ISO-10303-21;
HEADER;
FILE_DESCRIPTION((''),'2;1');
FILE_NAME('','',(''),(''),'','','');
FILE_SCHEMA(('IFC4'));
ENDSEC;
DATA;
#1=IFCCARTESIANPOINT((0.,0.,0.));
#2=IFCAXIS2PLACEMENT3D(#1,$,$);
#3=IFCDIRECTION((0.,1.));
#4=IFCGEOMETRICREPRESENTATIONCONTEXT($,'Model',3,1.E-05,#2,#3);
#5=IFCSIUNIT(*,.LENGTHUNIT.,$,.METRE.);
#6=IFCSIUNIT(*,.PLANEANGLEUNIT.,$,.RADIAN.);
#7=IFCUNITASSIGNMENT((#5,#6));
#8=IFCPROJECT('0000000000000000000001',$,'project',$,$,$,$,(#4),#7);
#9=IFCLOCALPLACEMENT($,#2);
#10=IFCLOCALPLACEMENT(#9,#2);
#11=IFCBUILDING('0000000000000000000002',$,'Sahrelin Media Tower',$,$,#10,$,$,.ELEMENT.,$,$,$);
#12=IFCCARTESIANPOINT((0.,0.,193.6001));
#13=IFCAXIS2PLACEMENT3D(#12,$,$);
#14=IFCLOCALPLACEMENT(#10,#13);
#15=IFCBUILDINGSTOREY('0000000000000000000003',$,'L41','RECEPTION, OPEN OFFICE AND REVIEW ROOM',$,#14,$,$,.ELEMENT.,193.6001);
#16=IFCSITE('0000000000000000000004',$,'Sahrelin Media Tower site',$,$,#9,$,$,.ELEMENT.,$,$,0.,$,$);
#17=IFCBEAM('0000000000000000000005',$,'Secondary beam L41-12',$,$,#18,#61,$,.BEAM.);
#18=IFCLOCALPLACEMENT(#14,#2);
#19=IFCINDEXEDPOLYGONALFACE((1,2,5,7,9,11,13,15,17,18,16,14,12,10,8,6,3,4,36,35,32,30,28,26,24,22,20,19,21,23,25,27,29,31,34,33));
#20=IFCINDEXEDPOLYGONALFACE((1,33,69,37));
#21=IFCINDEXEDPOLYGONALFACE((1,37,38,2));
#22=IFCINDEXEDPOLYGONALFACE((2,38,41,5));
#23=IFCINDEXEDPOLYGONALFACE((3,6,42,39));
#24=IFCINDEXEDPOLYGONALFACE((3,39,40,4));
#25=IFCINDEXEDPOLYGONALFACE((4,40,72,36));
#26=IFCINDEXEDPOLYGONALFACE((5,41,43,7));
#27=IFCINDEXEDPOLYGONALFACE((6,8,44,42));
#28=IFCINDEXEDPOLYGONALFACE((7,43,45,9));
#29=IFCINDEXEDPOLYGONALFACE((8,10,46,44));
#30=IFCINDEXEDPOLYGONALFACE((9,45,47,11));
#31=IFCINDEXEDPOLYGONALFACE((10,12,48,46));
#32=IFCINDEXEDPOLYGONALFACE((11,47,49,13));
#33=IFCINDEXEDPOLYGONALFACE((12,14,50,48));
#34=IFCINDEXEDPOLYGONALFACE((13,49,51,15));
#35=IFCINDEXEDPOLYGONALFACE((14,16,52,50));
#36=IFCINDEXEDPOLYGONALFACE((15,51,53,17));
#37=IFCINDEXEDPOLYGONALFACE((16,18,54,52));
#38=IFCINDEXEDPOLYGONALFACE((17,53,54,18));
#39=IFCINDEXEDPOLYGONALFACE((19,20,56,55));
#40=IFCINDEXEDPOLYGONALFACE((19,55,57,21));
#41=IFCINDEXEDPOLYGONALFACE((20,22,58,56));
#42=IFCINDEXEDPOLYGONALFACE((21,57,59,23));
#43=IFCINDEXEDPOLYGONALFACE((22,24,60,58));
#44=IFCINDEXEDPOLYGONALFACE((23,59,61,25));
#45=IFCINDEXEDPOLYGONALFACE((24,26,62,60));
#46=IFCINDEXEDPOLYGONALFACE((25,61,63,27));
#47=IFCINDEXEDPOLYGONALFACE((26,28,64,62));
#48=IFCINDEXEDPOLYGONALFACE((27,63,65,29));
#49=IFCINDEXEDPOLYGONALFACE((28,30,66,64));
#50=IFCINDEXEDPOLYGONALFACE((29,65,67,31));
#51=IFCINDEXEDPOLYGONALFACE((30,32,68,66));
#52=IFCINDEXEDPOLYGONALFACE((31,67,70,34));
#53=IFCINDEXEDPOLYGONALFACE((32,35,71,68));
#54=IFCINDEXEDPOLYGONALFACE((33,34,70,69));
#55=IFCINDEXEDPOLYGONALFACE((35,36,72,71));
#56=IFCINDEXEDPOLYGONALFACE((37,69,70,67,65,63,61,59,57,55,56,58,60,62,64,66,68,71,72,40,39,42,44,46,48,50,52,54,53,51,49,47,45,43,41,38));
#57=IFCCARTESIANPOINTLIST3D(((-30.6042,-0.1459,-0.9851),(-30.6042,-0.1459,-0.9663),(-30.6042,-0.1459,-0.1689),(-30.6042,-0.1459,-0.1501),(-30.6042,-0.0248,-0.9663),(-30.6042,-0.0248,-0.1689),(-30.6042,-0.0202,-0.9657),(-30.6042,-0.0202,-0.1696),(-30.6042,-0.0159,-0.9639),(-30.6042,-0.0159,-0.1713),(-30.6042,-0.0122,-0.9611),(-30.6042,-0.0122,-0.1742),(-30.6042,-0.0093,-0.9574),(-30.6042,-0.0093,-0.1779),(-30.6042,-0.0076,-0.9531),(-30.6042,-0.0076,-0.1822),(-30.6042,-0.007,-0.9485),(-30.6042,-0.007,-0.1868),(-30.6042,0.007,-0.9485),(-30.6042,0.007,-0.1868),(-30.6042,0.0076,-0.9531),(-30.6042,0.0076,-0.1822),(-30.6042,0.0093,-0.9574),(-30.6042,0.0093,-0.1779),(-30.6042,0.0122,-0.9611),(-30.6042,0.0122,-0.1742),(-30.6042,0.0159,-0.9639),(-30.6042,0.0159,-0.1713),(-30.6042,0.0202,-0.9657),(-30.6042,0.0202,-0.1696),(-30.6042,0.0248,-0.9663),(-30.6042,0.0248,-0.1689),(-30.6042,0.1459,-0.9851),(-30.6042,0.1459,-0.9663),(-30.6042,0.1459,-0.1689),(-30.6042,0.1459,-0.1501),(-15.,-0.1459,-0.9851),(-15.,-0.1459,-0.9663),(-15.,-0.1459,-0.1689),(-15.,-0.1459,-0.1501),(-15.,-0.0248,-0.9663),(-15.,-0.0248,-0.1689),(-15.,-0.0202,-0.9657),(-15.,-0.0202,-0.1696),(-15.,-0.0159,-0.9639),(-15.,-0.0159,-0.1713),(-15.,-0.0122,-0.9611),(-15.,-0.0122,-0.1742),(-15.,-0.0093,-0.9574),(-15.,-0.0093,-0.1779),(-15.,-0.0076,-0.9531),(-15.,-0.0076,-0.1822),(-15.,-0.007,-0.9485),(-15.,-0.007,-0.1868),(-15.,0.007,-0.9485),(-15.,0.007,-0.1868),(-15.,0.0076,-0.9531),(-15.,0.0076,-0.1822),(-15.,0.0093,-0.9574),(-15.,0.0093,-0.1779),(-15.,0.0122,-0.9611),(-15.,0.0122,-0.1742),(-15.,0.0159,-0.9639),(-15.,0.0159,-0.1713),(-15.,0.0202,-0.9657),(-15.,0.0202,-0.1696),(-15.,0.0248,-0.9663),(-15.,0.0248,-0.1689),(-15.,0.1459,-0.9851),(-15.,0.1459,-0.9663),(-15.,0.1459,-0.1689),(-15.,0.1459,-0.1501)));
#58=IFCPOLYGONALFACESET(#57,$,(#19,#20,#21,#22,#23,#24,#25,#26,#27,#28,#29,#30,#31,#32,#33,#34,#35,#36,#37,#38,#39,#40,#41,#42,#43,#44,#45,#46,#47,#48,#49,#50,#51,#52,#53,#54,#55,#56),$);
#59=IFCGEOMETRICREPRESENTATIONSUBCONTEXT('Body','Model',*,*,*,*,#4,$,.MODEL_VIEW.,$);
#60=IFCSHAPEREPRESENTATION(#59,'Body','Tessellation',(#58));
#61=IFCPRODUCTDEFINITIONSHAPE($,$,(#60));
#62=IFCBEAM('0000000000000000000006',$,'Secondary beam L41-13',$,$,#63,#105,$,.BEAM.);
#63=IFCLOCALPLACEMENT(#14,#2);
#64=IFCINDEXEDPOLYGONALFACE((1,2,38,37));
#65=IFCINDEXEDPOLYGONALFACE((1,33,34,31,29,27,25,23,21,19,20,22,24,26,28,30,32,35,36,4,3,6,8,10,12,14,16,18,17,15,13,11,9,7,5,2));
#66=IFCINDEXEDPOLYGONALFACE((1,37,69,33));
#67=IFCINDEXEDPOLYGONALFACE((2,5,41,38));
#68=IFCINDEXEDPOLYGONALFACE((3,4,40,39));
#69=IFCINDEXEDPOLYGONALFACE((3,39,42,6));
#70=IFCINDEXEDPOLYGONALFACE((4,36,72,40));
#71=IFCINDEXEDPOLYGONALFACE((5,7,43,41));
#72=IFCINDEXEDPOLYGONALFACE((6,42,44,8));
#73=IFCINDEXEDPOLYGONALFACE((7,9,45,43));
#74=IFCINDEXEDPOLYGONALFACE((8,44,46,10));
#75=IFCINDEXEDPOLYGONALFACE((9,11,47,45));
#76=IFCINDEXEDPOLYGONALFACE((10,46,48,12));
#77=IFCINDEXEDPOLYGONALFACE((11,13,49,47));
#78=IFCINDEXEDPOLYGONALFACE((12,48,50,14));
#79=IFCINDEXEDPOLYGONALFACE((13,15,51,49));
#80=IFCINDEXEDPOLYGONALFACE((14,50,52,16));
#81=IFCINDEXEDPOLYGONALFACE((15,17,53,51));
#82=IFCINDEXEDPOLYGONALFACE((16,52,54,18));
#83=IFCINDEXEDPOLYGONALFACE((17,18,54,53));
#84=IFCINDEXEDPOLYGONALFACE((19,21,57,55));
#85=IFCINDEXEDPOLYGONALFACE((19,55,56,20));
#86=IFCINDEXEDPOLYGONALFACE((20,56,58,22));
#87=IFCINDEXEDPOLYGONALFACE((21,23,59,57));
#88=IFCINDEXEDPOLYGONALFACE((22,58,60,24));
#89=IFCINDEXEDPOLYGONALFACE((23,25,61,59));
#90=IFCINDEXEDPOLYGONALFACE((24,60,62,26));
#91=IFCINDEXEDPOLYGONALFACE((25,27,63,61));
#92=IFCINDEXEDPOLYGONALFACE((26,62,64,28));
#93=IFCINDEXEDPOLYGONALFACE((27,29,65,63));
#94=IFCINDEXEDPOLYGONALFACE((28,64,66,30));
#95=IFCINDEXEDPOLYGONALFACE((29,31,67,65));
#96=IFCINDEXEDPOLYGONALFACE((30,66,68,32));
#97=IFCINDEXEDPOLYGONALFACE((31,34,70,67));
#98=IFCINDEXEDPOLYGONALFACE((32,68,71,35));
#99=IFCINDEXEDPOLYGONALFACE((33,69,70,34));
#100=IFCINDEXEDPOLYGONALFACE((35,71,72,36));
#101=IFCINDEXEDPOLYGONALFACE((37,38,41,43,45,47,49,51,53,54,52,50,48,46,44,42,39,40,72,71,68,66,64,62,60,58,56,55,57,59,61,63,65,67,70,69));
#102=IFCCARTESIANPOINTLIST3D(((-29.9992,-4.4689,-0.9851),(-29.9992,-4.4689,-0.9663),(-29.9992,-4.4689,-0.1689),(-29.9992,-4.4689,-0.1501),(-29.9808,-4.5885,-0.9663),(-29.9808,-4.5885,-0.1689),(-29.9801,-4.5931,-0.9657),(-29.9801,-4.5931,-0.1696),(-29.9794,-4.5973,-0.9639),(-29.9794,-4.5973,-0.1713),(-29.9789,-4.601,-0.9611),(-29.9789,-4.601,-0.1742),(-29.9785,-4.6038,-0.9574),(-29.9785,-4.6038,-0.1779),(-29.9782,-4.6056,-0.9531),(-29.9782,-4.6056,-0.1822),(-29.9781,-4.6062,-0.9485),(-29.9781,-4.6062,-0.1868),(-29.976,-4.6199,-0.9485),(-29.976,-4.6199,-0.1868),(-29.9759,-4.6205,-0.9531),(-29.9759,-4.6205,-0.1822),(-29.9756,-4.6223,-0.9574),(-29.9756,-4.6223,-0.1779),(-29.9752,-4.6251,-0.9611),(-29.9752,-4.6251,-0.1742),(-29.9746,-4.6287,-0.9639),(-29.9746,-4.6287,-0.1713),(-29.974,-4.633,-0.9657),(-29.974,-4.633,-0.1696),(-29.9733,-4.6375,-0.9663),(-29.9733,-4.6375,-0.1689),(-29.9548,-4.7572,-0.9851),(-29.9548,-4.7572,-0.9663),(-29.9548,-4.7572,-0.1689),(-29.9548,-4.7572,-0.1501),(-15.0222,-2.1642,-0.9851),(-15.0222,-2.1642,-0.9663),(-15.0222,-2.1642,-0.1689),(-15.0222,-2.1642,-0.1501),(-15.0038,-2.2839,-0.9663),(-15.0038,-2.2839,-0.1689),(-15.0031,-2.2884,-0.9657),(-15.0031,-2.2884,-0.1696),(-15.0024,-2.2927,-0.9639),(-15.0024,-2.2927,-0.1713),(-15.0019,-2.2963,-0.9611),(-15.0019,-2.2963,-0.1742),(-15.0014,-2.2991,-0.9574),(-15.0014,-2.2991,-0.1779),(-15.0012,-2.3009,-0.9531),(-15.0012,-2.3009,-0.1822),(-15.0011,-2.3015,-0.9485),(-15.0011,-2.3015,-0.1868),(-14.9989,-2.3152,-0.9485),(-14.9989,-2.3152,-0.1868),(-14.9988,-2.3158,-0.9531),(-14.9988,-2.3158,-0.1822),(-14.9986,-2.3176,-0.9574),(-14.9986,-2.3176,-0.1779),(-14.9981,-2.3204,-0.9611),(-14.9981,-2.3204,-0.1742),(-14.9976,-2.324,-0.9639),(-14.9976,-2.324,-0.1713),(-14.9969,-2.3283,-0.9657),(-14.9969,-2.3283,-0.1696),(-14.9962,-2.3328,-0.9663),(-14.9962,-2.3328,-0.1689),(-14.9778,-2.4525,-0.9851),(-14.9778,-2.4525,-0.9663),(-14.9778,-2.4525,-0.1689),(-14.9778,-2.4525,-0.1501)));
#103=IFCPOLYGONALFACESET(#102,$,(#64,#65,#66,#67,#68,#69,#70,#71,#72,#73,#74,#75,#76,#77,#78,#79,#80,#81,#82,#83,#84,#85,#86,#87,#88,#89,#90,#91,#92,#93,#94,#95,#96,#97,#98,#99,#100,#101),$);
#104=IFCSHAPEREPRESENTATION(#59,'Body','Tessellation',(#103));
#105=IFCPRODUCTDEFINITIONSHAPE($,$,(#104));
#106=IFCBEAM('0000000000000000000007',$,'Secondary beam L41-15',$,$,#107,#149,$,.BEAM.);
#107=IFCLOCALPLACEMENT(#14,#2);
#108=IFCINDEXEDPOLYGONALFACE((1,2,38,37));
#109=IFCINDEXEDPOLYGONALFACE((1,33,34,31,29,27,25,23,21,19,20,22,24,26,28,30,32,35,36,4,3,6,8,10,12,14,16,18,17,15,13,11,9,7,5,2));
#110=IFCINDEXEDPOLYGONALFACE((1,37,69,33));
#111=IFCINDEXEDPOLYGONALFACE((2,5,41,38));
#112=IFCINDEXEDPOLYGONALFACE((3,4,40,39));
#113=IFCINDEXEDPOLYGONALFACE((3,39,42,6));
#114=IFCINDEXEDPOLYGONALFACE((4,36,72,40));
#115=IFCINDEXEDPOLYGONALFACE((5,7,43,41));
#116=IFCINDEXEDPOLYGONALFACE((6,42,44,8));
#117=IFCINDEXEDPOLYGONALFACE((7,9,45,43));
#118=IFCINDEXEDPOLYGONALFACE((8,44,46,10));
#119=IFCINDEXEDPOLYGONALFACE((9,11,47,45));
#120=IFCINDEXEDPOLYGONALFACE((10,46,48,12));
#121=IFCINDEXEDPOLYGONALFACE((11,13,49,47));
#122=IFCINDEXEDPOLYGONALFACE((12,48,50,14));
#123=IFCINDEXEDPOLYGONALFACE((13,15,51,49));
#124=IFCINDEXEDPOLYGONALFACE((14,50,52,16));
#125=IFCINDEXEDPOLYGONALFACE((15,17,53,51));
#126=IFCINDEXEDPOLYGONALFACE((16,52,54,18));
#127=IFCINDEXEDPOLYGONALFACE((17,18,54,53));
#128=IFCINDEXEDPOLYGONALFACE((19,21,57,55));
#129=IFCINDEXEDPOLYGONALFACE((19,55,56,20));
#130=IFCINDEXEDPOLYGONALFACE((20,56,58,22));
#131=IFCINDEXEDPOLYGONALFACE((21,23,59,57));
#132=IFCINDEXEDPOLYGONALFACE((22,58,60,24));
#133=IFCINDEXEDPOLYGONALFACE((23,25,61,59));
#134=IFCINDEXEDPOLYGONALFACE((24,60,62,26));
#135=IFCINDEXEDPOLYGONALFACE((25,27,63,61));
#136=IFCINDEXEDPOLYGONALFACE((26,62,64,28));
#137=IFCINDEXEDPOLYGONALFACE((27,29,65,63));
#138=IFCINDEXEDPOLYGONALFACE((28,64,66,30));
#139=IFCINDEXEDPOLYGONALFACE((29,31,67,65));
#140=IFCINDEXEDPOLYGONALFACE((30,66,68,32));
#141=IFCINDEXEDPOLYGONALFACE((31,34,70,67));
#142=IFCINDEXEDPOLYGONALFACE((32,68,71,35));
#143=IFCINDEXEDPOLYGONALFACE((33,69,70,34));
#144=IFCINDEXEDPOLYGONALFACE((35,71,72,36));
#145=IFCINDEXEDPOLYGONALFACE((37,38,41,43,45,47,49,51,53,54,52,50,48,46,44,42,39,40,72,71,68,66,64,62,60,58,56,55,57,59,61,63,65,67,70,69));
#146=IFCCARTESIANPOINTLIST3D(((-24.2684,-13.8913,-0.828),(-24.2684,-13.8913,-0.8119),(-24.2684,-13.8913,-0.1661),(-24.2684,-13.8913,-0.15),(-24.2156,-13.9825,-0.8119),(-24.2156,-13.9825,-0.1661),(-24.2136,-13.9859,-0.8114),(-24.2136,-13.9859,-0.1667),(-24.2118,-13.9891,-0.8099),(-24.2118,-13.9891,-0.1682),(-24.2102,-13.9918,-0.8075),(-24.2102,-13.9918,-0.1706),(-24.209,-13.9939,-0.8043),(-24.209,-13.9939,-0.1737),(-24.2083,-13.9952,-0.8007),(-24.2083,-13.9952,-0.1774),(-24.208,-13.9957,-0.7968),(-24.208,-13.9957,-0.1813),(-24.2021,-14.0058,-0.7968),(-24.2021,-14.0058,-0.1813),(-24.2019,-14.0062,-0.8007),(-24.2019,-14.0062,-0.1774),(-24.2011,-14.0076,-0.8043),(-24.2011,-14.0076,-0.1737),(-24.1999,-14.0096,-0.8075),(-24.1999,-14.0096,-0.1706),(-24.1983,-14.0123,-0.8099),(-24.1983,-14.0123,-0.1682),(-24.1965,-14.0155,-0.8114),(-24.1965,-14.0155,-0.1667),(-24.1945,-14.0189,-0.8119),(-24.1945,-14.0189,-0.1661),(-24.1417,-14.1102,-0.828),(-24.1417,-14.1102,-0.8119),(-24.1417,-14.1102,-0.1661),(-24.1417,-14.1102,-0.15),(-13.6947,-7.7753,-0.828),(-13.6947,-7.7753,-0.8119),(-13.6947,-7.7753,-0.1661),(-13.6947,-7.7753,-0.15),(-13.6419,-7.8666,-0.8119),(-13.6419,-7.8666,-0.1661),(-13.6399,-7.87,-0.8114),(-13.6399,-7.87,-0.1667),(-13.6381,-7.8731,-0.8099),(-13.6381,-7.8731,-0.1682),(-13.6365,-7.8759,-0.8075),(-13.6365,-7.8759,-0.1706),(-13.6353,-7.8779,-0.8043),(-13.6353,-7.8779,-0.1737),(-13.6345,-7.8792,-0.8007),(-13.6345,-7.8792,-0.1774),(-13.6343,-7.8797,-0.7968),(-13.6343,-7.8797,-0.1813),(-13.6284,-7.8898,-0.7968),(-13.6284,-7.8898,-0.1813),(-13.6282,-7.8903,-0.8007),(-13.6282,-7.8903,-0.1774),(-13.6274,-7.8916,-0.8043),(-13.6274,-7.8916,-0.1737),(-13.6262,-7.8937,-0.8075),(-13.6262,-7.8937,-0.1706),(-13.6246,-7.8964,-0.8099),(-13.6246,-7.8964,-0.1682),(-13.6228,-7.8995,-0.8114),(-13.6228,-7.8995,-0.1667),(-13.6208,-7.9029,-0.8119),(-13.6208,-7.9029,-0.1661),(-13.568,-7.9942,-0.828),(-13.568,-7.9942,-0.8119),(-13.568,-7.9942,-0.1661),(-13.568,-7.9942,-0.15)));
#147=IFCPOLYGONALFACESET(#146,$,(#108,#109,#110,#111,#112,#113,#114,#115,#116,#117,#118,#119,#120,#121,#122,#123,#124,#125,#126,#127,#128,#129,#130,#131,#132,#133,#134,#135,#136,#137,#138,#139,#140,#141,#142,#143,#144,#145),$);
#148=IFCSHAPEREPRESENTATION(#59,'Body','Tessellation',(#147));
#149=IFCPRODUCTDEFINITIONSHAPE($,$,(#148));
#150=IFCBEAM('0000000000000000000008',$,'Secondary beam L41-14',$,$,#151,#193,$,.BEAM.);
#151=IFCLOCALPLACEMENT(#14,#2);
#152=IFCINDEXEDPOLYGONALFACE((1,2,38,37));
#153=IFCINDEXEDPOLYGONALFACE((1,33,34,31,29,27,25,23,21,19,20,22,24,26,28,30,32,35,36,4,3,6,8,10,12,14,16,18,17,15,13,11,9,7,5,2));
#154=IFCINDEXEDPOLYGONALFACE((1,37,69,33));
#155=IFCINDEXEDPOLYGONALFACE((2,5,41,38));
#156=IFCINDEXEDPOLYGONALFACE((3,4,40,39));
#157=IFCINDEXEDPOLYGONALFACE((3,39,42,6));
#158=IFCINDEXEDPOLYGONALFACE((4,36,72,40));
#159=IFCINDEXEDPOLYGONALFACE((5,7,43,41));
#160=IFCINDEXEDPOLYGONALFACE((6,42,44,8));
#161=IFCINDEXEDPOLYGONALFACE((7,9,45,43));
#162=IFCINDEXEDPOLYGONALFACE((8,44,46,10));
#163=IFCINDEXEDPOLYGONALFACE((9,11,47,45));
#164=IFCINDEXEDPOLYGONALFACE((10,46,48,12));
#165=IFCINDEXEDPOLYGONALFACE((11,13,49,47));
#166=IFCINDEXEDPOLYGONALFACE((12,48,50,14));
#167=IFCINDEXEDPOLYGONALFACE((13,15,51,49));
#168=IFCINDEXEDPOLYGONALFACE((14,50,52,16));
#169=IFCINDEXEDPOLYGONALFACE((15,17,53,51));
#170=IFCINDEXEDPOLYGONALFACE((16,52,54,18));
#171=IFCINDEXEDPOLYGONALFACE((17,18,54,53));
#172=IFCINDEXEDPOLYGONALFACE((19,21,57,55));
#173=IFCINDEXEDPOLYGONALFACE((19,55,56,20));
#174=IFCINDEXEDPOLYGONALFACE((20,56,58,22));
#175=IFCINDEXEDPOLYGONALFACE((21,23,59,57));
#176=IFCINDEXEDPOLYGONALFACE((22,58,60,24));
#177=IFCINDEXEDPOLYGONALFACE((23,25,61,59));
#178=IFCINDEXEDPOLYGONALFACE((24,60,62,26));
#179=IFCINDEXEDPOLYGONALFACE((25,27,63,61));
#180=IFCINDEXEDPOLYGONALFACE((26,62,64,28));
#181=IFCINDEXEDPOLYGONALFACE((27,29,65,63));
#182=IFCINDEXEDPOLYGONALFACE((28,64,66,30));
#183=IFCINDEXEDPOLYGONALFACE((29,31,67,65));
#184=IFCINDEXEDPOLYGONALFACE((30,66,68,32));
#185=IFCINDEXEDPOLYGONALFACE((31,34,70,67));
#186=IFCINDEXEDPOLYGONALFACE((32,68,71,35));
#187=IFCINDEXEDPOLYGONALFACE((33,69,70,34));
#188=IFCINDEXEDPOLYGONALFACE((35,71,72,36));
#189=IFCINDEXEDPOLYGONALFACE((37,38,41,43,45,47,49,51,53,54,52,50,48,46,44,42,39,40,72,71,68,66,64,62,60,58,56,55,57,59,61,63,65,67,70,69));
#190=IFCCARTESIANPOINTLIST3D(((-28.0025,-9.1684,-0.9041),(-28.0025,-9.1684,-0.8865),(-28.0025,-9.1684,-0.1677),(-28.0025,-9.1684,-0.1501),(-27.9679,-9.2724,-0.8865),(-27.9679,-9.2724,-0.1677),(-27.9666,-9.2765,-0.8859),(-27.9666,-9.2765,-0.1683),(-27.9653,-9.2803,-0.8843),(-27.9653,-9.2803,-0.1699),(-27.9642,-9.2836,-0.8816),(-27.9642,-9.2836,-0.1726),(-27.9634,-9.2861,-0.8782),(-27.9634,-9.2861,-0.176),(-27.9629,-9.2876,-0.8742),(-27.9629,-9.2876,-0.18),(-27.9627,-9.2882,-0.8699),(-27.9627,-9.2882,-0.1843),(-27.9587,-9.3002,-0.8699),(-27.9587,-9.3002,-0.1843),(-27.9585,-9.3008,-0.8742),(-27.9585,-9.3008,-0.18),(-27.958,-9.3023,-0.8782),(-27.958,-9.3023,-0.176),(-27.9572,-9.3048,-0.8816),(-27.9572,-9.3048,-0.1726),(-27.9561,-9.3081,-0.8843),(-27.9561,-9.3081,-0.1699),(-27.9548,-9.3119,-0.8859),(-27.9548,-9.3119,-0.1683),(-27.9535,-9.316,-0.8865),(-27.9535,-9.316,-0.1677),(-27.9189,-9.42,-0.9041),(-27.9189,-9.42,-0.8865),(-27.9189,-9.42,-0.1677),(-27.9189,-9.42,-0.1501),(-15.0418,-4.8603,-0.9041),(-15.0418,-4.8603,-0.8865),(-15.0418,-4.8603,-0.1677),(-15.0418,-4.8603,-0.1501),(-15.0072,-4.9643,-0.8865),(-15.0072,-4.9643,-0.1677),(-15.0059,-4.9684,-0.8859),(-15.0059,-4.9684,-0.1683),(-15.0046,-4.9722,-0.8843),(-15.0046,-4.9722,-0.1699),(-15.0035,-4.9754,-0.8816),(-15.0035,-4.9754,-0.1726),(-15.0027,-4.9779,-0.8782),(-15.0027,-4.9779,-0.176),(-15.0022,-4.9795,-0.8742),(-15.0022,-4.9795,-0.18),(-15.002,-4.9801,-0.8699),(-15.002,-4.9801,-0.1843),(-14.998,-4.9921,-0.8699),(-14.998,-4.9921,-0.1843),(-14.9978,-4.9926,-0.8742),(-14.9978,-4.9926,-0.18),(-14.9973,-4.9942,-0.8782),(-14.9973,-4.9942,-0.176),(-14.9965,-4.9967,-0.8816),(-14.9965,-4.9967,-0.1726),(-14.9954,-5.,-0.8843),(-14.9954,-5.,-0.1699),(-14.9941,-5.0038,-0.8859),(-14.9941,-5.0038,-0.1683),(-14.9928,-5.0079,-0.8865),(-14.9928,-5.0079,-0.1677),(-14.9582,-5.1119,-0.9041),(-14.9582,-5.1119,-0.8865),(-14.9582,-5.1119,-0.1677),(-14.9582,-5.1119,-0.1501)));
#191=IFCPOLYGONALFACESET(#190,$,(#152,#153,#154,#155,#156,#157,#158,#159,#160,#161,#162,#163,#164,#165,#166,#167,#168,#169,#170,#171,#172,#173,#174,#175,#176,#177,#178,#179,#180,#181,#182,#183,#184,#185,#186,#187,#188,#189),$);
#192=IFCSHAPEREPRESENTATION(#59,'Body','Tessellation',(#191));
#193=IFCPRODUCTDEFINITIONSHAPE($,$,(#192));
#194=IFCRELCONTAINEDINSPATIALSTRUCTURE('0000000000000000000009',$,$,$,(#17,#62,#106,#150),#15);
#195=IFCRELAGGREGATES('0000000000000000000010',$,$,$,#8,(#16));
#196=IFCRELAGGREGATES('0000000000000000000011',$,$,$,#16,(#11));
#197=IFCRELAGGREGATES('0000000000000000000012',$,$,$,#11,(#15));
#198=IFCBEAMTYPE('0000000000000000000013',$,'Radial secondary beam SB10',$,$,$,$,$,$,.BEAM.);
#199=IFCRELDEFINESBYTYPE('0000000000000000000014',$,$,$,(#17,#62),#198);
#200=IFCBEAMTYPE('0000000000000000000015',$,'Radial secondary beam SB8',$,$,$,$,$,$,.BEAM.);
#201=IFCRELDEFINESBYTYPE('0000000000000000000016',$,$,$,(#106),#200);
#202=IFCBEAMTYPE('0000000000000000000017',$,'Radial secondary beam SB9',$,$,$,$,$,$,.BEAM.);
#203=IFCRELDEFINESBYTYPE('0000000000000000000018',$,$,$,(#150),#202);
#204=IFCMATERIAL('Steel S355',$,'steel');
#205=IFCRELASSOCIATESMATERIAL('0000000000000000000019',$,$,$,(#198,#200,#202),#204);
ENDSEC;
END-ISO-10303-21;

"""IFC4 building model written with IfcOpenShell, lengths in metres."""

from ifc_helpers import new_model, si_unit, direction, frame, origin, origin_2d, place, context, subcontext, project, spatial, i_section, extrude, material, material_profile, profile_set, type_object, element, save


model = new_model("IFC4")

# Units and contexts
model_context = context("Model", 3, precision=1e-05, world=origin(), true_north=direction((0.0, 1.0)))
body_context = subcontext(model_context, "Body", "Model", "MODEL_VIEW")
ifc_project = project(units=[si_unit("LENGTHUNIT", "METRE"), si_unit("PLANEANGLEUNIT", "RADIAN")], contexts=[model_context])

# Site, building, storey
site_placement = place(None, origin())
site = spatial("IfcSite", under=ifc_project, at=site_placement, Name="Sahrelin Media Tower site", CompositionType="ELEMENT", RefElevation=0.0)
building_placement = place(site_placement, origin())
building = spatial("IfcBuilding", under=site, at=building_placement, Name="Sahrelin Media Tower", CompositionType="ELEMENT")
storey_placement = place(building_placement, frame((0.0, 0.0, 193.6001)))
storey = spatial("IfcBuildingStorey", under=building, at=storey_placement, Name="L41", Description="RECEPTION, OPEN OFFICE AND REVIEW ROOM", CompositionType="ELEMENT", Elevation=193.6001)

# Beams
ifc_material_1 = material(Name="Steel S355", Category="steel")
ifc_material_profile_1 = material_profile(ifc_material_1, i_section(OverallWidth=0.2917, OverallDepth=0.835, WebThickness=0.0139, FlangeThickness=0.0188, FilletRadius=0.0178, at=origin_2d()), Name="UB 838x292x176")
ifc_profile_set_1 = profile_set([ifc_material_profile_1], Name="Steel S355")
beam_type_1 = type_object("IfcBeamType", Name="Radial secondary beam SB10", PredefinedType="BEAM", material=ifc_profile_set_1)
beam_1_placement = place(storey_placement, frame((-15.0, 0.0, -0.5676), z_axis=(-1.0, 0.0, 0.0), x_axis=(0.0, -1.0, 0.0)))
element("IfcBeam", 1, at=beam_1_placement, inside=storey, type_object=beam_type_1, Name="Secondary beam L41-12", PredefinedType="BEAM", context=body_context, shape_type="SweptSolid", body=[
    extrude(i_section(OverallWidth=0.2917, OverallDepth=0.835, WebThickness=0.0139, FlangeThickness=0.0188, FilletRadius=0.0178, at=origin_2d()), origin(), (0.0, 0.0, 1.0), 15.6042),
])
beam_2_placement = place(storey_placement, frame((-15.0, -2.3083, -0.5676), z_axis=(-0.988366, -0.152091, 0.0), x_axis=(0.152091, -0.988366, 0.0)))
element("IfcBeam", 2, at=beam_2_placement, inside=storey, type_object=beam_type_1, Name="Secondary beam L41-13", PredefinedType="BEAM", context=body_context, shape_type="SweptSolid", body=[
    extrude(i_section(OverallWidth=0.2917, OverallDepth=0.835, WebThickness=0.0139, FlangeThickness=0.0188, FilletRadius=0.0178, at=origin_2d()), origin(), (0.0, 0.0, 1.0), 15.1533),
])
ifc_material_profile_2 = material_profile(ifc_material_1, i_section(OverallWidth=0.2529, OverallDepth=0.678, WebThickness=0.0117, FlangeThickness=0.0161, FilletRadius=0.0151, at=origin_2d()), Name="UB 686x254x125")
ifc_profile_set_2 = profile_set([ifc_material_profile_2], Name="Steel S355")
beam_type_2 = type_object("IfcBeamType", Name="Radial secondary beam SB8", PredefinedType="BEAM", material=ifc_profile_set_2)
beam_3_placement = place(storey_placement, frame((-13.6313, -7.8848, -0.489), z_axis=(-0.865627, -0.500689, 0.0), x_axis=(0.500689, -0.865627, 0.0)))
element("IfcBeam", 3, at=beam_3_placement, inside=storey, type_object=beam_type_2, Name="Secondary beam L41-15", PredefinedType="BEAM", context=body_context, shape_type="SweptSolid", body=[
    extrude(i_section(OverallWidth=0.2529, OverallDepth=0.678, WebThickness=0.0117, FlangeThickness=0.0161, FilletRadius=0.0151, at=origin_2d()), origin(), (0.0, 0.0, 1.0), 12.2151),
])
ifc_material_profile_3 = material_profile(ifc_material_1, i_section(OverallWidth=0.2651, OverallDepth=0.7539, WebThickness=0.0127, FlangeThickness=0.0176, FilletRadius=0.0166, at=origin_2d()), Name="UB 762x267x147")
ifc_profile_set_3 = profile_set([ifc_material_profile_3], Name="Steel S355")
beam_type_3 = type_object("IfcBeamType", Name="Radial secondary beam SB9", PredefinedType="BEAM", material=ifc_profile_set_3)
beam_4_placement = place(storey_placement, frame((-15.0, -4.9861, -0.5271), z_axis=(-0.948949, -0.315429, 0.0), x_axis=(0.315429, -0.948949, 0.0)))
element("IfcBeam", 4, at=beam_4_placement, inside=storey, type_object=beam_type_3, Name="Secondary beam L41-14", PredefinedType="BEAM", context=body_context, shape_type="SweptSolid", body=[
    extrude(i_section(OverallWidth=0.2651, OverallDepth=0.7539, WebThickness=0.0127, FlangeThickness=0.0176, FilletRadius=0.0166, at=origin_2d()), origin(), (0.0, 0.0, 1.0), 13.658),
])

save(model, "model.ifc")
